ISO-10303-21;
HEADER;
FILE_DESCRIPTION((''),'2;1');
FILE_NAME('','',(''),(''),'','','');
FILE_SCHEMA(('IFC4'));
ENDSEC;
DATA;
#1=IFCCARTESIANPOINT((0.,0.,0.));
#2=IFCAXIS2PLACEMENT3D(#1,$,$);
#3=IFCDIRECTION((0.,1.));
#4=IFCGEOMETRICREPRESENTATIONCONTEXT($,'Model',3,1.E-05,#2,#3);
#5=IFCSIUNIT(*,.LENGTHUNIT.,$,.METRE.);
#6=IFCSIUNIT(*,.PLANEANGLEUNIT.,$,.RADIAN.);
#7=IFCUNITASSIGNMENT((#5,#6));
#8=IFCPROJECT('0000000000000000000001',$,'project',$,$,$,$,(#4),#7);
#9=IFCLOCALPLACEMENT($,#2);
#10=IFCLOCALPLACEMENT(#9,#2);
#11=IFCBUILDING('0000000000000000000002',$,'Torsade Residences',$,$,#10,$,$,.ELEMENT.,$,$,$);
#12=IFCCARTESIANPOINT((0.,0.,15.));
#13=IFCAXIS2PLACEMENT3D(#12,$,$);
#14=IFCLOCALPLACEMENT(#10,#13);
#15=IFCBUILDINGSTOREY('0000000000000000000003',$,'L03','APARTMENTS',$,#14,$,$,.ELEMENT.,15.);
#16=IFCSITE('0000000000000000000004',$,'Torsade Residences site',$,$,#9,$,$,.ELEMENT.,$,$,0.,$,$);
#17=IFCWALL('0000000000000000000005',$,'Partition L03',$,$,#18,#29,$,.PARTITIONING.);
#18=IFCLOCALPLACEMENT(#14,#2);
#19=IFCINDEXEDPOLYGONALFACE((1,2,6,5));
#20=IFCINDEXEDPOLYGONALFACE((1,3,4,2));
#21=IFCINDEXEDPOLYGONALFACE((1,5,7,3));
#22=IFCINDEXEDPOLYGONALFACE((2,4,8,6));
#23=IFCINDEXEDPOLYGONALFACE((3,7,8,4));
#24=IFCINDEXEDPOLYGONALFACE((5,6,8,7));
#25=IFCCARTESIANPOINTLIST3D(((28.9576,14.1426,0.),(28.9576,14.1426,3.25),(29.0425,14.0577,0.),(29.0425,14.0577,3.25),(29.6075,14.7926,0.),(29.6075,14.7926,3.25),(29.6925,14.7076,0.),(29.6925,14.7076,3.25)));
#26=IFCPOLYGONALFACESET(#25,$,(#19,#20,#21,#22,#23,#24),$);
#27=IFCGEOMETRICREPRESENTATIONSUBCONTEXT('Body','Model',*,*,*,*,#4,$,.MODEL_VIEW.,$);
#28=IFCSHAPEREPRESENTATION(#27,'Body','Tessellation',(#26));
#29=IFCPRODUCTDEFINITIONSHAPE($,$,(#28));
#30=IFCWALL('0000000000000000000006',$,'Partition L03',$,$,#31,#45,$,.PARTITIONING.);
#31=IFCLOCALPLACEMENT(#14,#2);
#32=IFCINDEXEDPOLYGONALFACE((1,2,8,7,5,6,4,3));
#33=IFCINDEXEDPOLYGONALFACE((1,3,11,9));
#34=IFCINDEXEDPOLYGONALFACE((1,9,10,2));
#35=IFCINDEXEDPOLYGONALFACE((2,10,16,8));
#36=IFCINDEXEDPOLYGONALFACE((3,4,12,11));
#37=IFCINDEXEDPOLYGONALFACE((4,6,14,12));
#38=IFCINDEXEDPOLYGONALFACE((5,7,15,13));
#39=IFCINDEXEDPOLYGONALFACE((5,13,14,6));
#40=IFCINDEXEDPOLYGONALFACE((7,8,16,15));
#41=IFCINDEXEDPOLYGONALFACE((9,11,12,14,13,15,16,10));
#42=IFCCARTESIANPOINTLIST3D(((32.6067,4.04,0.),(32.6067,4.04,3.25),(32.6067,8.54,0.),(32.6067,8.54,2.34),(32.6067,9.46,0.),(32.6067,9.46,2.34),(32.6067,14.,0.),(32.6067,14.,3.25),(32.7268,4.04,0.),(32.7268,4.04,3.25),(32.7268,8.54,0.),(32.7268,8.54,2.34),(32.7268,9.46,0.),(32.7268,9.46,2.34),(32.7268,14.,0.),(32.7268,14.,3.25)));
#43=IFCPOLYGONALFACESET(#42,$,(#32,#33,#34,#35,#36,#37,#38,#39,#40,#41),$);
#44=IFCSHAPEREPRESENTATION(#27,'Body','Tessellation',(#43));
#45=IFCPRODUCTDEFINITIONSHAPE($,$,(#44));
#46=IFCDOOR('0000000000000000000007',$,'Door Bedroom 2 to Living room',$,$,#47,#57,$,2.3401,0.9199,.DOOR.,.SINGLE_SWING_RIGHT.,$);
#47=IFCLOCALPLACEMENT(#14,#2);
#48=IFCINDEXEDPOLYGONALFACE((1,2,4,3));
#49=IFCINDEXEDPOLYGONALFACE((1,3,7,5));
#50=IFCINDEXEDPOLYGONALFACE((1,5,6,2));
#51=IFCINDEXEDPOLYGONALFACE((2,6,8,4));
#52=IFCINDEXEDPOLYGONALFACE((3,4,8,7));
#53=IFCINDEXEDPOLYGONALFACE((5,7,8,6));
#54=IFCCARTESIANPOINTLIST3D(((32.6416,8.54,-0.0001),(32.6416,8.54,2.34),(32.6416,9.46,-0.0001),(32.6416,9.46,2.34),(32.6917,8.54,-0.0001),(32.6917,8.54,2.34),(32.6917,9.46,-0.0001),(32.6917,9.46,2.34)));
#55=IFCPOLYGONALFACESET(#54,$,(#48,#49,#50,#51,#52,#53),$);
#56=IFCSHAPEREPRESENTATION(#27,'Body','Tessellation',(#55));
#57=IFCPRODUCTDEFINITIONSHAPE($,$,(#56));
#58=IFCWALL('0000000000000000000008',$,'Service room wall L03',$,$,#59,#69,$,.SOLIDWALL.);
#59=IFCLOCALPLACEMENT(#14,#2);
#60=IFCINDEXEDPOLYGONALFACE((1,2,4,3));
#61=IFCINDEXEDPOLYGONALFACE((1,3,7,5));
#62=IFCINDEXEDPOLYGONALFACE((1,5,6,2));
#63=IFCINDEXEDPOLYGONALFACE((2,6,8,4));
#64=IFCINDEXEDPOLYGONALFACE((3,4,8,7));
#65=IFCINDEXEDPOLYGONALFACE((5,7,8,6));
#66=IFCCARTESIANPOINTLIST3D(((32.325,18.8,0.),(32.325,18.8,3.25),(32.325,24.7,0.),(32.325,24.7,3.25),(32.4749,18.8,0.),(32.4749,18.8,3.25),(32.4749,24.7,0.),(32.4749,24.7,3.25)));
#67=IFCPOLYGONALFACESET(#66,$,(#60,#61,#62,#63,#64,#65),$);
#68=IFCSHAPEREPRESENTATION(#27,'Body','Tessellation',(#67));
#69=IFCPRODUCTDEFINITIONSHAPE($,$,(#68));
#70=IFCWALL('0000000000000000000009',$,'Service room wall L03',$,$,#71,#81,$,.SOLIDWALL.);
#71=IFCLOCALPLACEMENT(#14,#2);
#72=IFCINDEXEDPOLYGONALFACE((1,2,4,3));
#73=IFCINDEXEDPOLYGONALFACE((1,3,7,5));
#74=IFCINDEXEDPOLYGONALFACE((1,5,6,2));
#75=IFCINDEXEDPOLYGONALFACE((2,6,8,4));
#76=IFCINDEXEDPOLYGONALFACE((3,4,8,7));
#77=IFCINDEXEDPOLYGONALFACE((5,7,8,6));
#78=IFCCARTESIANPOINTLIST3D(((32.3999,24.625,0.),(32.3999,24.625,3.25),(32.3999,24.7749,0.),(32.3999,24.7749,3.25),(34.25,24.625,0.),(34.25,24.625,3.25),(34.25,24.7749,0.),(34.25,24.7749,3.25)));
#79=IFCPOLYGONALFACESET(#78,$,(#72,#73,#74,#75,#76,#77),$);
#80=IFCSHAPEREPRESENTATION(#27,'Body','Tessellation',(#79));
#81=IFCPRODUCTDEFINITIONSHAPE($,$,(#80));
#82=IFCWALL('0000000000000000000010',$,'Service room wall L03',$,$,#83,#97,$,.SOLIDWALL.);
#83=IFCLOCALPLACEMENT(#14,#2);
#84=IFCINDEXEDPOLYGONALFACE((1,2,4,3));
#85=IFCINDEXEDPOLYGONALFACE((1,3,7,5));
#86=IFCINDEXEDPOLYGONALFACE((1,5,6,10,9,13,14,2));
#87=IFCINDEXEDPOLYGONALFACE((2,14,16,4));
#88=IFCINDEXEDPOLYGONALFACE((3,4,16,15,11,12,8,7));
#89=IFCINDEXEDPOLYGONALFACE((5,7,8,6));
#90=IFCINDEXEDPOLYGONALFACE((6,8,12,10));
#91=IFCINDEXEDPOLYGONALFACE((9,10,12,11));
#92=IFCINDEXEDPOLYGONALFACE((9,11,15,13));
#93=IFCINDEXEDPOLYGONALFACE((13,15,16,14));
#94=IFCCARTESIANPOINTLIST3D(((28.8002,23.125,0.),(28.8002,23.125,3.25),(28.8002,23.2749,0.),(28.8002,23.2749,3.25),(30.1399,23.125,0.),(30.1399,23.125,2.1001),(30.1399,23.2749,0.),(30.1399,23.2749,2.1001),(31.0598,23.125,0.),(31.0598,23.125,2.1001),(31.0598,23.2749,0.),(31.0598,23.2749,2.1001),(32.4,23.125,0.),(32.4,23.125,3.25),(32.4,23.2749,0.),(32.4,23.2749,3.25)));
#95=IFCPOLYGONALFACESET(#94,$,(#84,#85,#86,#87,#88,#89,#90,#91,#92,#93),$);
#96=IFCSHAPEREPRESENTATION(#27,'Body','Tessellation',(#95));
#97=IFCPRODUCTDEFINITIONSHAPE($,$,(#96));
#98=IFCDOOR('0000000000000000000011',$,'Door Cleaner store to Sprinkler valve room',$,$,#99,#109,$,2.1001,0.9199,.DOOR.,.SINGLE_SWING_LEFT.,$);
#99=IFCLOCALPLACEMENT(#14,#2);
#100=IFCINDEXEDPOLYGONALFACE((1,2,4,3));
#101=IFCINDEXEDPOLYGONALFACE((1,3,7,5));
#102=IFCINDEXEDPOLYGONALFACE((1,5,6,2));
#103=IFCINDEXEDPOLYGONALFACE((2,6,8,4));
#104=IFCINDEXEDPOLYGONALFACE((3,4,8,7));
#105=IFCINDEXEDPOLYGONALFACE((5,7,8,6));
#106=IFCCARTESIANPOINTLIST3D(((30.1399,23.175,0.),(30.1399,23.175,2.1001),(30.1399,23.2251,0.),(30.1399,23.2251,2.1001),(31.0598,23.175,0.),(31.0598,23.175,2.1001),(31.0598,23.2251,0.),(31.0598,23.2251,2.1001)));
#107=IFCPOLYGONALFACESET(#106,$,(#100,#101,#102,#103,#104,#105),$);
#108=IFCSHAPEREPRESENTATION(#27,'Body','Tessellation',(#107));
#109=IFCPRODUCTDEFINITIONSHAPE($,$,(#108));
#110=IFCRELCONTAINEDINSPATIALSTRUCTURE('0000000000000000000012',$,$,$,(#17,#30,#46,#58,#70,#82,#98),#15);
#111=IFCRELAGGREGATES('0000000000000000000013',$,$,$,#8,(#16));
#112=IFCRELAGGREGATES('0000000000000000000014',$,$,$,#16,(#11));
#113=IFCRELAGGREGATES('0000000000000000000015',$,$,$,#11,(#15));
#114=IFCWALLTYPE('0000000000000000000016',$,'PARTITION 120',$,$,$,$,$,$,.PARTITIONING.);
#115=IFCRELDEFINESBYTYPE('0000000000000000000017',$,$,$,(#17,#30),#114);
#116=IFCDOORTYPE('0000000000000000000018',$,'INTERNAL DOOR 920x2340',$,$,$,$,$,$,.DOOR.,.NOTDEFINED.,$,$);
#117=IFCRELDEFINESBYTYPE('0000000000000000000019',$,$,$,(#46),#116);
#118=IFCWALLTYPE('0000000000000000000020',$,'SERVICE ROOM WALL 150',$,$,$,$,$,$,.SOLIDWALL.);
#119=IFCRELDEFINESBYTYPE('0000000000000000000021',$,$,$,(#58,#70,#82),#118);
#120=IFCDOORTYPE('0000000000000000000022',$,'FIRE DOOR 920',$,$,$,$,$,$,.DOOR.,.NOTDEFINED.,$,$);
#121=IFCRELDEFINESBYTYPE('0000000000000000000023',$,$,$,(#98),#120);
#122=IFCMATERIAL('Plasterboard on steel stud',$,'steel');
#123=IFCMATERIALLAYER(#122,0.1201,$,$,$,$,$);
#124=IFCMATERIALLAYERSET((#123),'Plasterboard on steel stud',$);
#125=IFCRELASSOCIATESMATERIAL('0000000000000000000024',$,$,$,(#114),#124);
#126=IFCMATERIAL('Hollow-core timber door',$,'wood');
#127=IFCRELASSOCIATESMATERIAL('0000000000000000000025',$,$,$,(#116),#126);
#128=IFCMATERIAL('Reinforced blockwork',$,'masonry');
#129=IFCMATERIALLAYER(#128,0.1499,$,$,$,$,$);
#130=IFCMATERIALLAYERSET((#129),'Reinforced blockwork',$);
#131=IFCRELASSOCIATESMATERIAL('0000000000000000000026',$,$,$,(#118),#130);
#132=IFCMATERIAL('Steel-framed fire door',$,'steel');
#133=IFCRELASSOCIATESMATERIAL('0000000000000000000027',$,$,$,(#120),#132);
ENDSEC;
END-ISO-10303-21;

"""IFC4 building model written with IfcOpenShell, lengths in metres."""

from ifc_helpers import new_model, si_unit, direction, frame, frame_2d, origin, place, context, subcontext, project, spatial, rectangle, extrude, material, layer, layer_set, type_object, element, fill, save


model = new_model("IFC4")

# Units and contexts
model_context = context("Model", 3, precision=1e-05, world=origin(), true_north=direction((0.0, 1.0)))
body_context = subcontext(model_context, "Body", "Model", "MODEL_VIEW")
ifc_project = project(units=[si_unit("LENGTHUNIT", "METRE"), si_unit("PLANEANGLEUNIT", "RADIAN")], contexts=[model_context])

# Site, building, storey
site_placement = place(None, origin())
site = spatial("IfcSite", under=ifc_project, at=site_placement, Name="Torsade Residences site", CompositionType="ELEMENT", RefElevation=0.0)
building_placement = place(site_placement, origin())
building = spatial("IfcBuilding", under=site, at=building_placement, Name="Torsade Residences", CompositionType="ELEMENT")
storey_placement = place(building_placement, frame((0.0, 0.0, 15.0)))
storey = spatial("IfcBuildingStorey", under=building, at=storey_placement, Name="L03", Description="APARTMENTS", CompositionType="ELEMENT", Elevation=15.0)

# Shared definitions
ifc_material_1 = material(Name="Plasterboard on steel stud", Category="steel")
ifc_layer_1 = layer(ifc_material_1, 0.1201)
ifc_layer_set_1 = layer_set([ifc_layer_1], Name="Plasterboard on steel stud")
wall_type_1 = type_object("IfcWallType", Name="PARTITION 120", PredefinedType="PARTITIONING", material=ifc_layer_set_1)

# Wall
wall_1_placement = place(storey_placement, frame((29.6499, 14.75, 0.0), z_axis=(0.0, 0.0, 1.0), x_axis=(-0.707107, -0.707107, 0.0)))
element("IfcWall", 1, at=wall_1_placement, inside=storey, type_object=wall_type_1, Name="Partition L03", PredefinedType="PARTITIONING", context=body_context, shape_type="SweptSolid", body=[
    extrude(rectangle(XDim=0.9192, YDim=0.1201, at=frame_2d((0.4595, 0.0))), origin(), (0.0, 0.0, 1.0), 3.25),
])

# Wall, opening, door
wall_2_placement = place(storey_placement, frame((32.6667, 14.0, 0.0), z_axis=(0.0, 0.0, 1.0), x_axis=(0.0, -1.0, 0.0)))
wall_2 = element("IfcWall", 2, at=wall_2_placement, inside=storey, type_object=wall_type_1, Name="Partition L03", PredefinedType="PARTITIONING", context=body_context, shape_type="SweptSolid", body=[
    extrude(rectangle(XDim=9.96, YDim=0.1201, at=frame_2d((4.98, 0.0))), origin(), (0.0, 0.0, 1.0), 3.25),
])
opening_1_placement = place(wall_2_placement, frame((4.54, 0.0, 0.0)))
opening_1 = element("IfcOpeningElement", 3, at=opening_1_placement, cuts=wall_2, PredefinedType="OPENING", context=body_context, shape_type="SweptSolid", body=[
    extrude(rectangle(XDim=0.9199, YDim=2.3401, at=frame_2d((0.46, 1.1699))), frame((0.0, 0.0701, 0.0), z_axis=(0.0, -1.0, 0.0), x_axis=(1.0, 0.0, 0.0)), (0.0, 0.0, 1.0), 0.1401),
])
ifc_material_2 = material(Name="Hollow-core timber door", Category="wood")
door_type_1 = type_object("IfcDoorType", Name="INTERNAL DOOR 920x2340", OperationType="NOTDEFINED", PredefinedType="DOOR", material=ifc_material_2)
door_1_placement = place(opening_1_placement, origin())
door_1 = element("IfcDoor", 4, at=door_1_placement, inside=storey, type_object=door_type_1, Name="Door Bedroom 2 to Living room", OperationType="SINGLE_SWING_RIGHT", OverallHeight=2.3401, OverallWidth=0.9199, PredefinedType="DOOR", context=body_context, shape_type="SweptSolid", body=[
    extrude(rectangle(XDim=0.9199, YDim=2.3401, at=frame_2d((0.46, 1.1699))), frame((0.0, 0.0249, 0.0), z_axis=(0.0, -1.0, 0.0), x_axis=(1.0, 0.0, 0.0)), (0.0, 0.0, 1.0), 0.05),
])
fill(opening_1, door_1)

# Walls
ifc_material_3 = material(Name="Reinforced blockwork", Category="masonry")
ifc_layer_2 = layer(ifc_material_3, 0.1499)
ifc_layer_set_2 = layer_set([ifc_layer_2], Name="Reinforced blockwork")
wall_type_2 = type_object("IfcWallType", Name="SERVICE ROOM WALL 150", PredefinedType="SOLIDWALL", material=ifc_layer_set_2)
wall_3_placement = place(storey_placement, frame((32.3999, 18.8, 0.0), z_axis=(0.0, 0.0, 1.0), x_axis=(0.0, 1.0, 0.0)))
element("IfcWall", 5, at=wall_3_placement, inside=storey, type_object=wall_type_2, Name="Service room wall L03", PredefinedType="SOLIDWALL", context=body_context, shape_type="SweptSolid", body=[
    extrude(rectangle(XDim=5.8999, YDim=0.1499, at=frame_2d((2.95, 0.0))), origin(), (0.0, 0.0, 1.0), 3.25),
])
wall_4_placement = place(storey_placement, frame((32.3999, 24.7, 0.0), z_axis=(0.0, 0.0, 1.0), x_axis=(1.0, 0.0, 0.0)))
element("IfcWall", 6, at=wall_4_placement, inside=storey, type_object=wall_type_2, Name="Service room wall L03", PredefinedType="SOLIDWALL", context=body_context, shape_type="SweptSolid", body=[
    extrude(rectangle(XDim=1.8501, YDim=0.1499, at=frame_2d((0.925, 0.0))), origin(), (0.0, 0.0, 1.0), 3.25),
])

# Wall, opening, door
wall_5_placement = place(storey_placement, frame((32.3999, 23.2, 0.0), z_axis=(0.0, 0.0, 1.0), x_axis=(-1.0, 0.0, 0.0)))
wall_5 = element("IfcWall", 7, at=wall_5_placement, inside=storey, type_object=wall_type_2, Name="Service room wall L03", PredefinedType="SOLIDWALL", context=body_context, shape_type="SweptSolid", body=[
    extrude(rectangle(XDim=3.5999, YDim=0.1499, at=frame_2d((1.7998, 0.0))), origin(), (0.0, 0.0, 1.0), 3.25),
])
opening_2_placement = place(wall_5_placement, frame((1.3401, 0.0, 0.0)))
opening_2 = element("IfcOpeningElement", 8, at=opening_2_placement, cuts=wall_5, PredefinedType="OPENING", context=body_context, shape_type="SweptSolid", body=[
    extrude(rectangle(XDim=0.9199, YDim=2.1001, at=frame_2d((0.46, 1.05))), frame((0.0, 0.085, 0.0), z_axis=(0.0, -1.0, 0.0), x_axis=(1.0, 0.0, 0.0)), (0.0, 0.0, 1.0), 0.1699),
])
ifc_material_4 = material(Name="Steel-framed fire door", Category="steel")
door_type_2 = type_object("IfcDoorType", Name="FIRE DOOR 920", OperationType="NOTDEFINED", PredefinedType="DOOR", material=ifc_material_4)
door_2_placement = place(opening_2_placement, origin())
door_2 = element("IfcDoor", 9, at=door_2_placement, inside=storey, type_object=door_type_2, Name="Door Cleaner store to Sprinkler valve room", OperationType="SINGLE_SWING_LEFT", OverallHeight=2.1001, OverallWidth=0.9199, PredefinedType="DOOR", context=body_context, shape_type="SweptSolid", body=[
    extrude(rectangle(XDim=0.9199, YDim=2.1001, at=frame_2d((0.46, 1.05))), frame((0.0, 0.0249, 0.0), z_axis=(0.0, -1.0, 0.0), x_axis=(1.0, 0.0, 0.0)), (0.0, 0.0, 1.0), 0.05),
])
fill(opening_2, door_2)

save(model, "model.ifc")
